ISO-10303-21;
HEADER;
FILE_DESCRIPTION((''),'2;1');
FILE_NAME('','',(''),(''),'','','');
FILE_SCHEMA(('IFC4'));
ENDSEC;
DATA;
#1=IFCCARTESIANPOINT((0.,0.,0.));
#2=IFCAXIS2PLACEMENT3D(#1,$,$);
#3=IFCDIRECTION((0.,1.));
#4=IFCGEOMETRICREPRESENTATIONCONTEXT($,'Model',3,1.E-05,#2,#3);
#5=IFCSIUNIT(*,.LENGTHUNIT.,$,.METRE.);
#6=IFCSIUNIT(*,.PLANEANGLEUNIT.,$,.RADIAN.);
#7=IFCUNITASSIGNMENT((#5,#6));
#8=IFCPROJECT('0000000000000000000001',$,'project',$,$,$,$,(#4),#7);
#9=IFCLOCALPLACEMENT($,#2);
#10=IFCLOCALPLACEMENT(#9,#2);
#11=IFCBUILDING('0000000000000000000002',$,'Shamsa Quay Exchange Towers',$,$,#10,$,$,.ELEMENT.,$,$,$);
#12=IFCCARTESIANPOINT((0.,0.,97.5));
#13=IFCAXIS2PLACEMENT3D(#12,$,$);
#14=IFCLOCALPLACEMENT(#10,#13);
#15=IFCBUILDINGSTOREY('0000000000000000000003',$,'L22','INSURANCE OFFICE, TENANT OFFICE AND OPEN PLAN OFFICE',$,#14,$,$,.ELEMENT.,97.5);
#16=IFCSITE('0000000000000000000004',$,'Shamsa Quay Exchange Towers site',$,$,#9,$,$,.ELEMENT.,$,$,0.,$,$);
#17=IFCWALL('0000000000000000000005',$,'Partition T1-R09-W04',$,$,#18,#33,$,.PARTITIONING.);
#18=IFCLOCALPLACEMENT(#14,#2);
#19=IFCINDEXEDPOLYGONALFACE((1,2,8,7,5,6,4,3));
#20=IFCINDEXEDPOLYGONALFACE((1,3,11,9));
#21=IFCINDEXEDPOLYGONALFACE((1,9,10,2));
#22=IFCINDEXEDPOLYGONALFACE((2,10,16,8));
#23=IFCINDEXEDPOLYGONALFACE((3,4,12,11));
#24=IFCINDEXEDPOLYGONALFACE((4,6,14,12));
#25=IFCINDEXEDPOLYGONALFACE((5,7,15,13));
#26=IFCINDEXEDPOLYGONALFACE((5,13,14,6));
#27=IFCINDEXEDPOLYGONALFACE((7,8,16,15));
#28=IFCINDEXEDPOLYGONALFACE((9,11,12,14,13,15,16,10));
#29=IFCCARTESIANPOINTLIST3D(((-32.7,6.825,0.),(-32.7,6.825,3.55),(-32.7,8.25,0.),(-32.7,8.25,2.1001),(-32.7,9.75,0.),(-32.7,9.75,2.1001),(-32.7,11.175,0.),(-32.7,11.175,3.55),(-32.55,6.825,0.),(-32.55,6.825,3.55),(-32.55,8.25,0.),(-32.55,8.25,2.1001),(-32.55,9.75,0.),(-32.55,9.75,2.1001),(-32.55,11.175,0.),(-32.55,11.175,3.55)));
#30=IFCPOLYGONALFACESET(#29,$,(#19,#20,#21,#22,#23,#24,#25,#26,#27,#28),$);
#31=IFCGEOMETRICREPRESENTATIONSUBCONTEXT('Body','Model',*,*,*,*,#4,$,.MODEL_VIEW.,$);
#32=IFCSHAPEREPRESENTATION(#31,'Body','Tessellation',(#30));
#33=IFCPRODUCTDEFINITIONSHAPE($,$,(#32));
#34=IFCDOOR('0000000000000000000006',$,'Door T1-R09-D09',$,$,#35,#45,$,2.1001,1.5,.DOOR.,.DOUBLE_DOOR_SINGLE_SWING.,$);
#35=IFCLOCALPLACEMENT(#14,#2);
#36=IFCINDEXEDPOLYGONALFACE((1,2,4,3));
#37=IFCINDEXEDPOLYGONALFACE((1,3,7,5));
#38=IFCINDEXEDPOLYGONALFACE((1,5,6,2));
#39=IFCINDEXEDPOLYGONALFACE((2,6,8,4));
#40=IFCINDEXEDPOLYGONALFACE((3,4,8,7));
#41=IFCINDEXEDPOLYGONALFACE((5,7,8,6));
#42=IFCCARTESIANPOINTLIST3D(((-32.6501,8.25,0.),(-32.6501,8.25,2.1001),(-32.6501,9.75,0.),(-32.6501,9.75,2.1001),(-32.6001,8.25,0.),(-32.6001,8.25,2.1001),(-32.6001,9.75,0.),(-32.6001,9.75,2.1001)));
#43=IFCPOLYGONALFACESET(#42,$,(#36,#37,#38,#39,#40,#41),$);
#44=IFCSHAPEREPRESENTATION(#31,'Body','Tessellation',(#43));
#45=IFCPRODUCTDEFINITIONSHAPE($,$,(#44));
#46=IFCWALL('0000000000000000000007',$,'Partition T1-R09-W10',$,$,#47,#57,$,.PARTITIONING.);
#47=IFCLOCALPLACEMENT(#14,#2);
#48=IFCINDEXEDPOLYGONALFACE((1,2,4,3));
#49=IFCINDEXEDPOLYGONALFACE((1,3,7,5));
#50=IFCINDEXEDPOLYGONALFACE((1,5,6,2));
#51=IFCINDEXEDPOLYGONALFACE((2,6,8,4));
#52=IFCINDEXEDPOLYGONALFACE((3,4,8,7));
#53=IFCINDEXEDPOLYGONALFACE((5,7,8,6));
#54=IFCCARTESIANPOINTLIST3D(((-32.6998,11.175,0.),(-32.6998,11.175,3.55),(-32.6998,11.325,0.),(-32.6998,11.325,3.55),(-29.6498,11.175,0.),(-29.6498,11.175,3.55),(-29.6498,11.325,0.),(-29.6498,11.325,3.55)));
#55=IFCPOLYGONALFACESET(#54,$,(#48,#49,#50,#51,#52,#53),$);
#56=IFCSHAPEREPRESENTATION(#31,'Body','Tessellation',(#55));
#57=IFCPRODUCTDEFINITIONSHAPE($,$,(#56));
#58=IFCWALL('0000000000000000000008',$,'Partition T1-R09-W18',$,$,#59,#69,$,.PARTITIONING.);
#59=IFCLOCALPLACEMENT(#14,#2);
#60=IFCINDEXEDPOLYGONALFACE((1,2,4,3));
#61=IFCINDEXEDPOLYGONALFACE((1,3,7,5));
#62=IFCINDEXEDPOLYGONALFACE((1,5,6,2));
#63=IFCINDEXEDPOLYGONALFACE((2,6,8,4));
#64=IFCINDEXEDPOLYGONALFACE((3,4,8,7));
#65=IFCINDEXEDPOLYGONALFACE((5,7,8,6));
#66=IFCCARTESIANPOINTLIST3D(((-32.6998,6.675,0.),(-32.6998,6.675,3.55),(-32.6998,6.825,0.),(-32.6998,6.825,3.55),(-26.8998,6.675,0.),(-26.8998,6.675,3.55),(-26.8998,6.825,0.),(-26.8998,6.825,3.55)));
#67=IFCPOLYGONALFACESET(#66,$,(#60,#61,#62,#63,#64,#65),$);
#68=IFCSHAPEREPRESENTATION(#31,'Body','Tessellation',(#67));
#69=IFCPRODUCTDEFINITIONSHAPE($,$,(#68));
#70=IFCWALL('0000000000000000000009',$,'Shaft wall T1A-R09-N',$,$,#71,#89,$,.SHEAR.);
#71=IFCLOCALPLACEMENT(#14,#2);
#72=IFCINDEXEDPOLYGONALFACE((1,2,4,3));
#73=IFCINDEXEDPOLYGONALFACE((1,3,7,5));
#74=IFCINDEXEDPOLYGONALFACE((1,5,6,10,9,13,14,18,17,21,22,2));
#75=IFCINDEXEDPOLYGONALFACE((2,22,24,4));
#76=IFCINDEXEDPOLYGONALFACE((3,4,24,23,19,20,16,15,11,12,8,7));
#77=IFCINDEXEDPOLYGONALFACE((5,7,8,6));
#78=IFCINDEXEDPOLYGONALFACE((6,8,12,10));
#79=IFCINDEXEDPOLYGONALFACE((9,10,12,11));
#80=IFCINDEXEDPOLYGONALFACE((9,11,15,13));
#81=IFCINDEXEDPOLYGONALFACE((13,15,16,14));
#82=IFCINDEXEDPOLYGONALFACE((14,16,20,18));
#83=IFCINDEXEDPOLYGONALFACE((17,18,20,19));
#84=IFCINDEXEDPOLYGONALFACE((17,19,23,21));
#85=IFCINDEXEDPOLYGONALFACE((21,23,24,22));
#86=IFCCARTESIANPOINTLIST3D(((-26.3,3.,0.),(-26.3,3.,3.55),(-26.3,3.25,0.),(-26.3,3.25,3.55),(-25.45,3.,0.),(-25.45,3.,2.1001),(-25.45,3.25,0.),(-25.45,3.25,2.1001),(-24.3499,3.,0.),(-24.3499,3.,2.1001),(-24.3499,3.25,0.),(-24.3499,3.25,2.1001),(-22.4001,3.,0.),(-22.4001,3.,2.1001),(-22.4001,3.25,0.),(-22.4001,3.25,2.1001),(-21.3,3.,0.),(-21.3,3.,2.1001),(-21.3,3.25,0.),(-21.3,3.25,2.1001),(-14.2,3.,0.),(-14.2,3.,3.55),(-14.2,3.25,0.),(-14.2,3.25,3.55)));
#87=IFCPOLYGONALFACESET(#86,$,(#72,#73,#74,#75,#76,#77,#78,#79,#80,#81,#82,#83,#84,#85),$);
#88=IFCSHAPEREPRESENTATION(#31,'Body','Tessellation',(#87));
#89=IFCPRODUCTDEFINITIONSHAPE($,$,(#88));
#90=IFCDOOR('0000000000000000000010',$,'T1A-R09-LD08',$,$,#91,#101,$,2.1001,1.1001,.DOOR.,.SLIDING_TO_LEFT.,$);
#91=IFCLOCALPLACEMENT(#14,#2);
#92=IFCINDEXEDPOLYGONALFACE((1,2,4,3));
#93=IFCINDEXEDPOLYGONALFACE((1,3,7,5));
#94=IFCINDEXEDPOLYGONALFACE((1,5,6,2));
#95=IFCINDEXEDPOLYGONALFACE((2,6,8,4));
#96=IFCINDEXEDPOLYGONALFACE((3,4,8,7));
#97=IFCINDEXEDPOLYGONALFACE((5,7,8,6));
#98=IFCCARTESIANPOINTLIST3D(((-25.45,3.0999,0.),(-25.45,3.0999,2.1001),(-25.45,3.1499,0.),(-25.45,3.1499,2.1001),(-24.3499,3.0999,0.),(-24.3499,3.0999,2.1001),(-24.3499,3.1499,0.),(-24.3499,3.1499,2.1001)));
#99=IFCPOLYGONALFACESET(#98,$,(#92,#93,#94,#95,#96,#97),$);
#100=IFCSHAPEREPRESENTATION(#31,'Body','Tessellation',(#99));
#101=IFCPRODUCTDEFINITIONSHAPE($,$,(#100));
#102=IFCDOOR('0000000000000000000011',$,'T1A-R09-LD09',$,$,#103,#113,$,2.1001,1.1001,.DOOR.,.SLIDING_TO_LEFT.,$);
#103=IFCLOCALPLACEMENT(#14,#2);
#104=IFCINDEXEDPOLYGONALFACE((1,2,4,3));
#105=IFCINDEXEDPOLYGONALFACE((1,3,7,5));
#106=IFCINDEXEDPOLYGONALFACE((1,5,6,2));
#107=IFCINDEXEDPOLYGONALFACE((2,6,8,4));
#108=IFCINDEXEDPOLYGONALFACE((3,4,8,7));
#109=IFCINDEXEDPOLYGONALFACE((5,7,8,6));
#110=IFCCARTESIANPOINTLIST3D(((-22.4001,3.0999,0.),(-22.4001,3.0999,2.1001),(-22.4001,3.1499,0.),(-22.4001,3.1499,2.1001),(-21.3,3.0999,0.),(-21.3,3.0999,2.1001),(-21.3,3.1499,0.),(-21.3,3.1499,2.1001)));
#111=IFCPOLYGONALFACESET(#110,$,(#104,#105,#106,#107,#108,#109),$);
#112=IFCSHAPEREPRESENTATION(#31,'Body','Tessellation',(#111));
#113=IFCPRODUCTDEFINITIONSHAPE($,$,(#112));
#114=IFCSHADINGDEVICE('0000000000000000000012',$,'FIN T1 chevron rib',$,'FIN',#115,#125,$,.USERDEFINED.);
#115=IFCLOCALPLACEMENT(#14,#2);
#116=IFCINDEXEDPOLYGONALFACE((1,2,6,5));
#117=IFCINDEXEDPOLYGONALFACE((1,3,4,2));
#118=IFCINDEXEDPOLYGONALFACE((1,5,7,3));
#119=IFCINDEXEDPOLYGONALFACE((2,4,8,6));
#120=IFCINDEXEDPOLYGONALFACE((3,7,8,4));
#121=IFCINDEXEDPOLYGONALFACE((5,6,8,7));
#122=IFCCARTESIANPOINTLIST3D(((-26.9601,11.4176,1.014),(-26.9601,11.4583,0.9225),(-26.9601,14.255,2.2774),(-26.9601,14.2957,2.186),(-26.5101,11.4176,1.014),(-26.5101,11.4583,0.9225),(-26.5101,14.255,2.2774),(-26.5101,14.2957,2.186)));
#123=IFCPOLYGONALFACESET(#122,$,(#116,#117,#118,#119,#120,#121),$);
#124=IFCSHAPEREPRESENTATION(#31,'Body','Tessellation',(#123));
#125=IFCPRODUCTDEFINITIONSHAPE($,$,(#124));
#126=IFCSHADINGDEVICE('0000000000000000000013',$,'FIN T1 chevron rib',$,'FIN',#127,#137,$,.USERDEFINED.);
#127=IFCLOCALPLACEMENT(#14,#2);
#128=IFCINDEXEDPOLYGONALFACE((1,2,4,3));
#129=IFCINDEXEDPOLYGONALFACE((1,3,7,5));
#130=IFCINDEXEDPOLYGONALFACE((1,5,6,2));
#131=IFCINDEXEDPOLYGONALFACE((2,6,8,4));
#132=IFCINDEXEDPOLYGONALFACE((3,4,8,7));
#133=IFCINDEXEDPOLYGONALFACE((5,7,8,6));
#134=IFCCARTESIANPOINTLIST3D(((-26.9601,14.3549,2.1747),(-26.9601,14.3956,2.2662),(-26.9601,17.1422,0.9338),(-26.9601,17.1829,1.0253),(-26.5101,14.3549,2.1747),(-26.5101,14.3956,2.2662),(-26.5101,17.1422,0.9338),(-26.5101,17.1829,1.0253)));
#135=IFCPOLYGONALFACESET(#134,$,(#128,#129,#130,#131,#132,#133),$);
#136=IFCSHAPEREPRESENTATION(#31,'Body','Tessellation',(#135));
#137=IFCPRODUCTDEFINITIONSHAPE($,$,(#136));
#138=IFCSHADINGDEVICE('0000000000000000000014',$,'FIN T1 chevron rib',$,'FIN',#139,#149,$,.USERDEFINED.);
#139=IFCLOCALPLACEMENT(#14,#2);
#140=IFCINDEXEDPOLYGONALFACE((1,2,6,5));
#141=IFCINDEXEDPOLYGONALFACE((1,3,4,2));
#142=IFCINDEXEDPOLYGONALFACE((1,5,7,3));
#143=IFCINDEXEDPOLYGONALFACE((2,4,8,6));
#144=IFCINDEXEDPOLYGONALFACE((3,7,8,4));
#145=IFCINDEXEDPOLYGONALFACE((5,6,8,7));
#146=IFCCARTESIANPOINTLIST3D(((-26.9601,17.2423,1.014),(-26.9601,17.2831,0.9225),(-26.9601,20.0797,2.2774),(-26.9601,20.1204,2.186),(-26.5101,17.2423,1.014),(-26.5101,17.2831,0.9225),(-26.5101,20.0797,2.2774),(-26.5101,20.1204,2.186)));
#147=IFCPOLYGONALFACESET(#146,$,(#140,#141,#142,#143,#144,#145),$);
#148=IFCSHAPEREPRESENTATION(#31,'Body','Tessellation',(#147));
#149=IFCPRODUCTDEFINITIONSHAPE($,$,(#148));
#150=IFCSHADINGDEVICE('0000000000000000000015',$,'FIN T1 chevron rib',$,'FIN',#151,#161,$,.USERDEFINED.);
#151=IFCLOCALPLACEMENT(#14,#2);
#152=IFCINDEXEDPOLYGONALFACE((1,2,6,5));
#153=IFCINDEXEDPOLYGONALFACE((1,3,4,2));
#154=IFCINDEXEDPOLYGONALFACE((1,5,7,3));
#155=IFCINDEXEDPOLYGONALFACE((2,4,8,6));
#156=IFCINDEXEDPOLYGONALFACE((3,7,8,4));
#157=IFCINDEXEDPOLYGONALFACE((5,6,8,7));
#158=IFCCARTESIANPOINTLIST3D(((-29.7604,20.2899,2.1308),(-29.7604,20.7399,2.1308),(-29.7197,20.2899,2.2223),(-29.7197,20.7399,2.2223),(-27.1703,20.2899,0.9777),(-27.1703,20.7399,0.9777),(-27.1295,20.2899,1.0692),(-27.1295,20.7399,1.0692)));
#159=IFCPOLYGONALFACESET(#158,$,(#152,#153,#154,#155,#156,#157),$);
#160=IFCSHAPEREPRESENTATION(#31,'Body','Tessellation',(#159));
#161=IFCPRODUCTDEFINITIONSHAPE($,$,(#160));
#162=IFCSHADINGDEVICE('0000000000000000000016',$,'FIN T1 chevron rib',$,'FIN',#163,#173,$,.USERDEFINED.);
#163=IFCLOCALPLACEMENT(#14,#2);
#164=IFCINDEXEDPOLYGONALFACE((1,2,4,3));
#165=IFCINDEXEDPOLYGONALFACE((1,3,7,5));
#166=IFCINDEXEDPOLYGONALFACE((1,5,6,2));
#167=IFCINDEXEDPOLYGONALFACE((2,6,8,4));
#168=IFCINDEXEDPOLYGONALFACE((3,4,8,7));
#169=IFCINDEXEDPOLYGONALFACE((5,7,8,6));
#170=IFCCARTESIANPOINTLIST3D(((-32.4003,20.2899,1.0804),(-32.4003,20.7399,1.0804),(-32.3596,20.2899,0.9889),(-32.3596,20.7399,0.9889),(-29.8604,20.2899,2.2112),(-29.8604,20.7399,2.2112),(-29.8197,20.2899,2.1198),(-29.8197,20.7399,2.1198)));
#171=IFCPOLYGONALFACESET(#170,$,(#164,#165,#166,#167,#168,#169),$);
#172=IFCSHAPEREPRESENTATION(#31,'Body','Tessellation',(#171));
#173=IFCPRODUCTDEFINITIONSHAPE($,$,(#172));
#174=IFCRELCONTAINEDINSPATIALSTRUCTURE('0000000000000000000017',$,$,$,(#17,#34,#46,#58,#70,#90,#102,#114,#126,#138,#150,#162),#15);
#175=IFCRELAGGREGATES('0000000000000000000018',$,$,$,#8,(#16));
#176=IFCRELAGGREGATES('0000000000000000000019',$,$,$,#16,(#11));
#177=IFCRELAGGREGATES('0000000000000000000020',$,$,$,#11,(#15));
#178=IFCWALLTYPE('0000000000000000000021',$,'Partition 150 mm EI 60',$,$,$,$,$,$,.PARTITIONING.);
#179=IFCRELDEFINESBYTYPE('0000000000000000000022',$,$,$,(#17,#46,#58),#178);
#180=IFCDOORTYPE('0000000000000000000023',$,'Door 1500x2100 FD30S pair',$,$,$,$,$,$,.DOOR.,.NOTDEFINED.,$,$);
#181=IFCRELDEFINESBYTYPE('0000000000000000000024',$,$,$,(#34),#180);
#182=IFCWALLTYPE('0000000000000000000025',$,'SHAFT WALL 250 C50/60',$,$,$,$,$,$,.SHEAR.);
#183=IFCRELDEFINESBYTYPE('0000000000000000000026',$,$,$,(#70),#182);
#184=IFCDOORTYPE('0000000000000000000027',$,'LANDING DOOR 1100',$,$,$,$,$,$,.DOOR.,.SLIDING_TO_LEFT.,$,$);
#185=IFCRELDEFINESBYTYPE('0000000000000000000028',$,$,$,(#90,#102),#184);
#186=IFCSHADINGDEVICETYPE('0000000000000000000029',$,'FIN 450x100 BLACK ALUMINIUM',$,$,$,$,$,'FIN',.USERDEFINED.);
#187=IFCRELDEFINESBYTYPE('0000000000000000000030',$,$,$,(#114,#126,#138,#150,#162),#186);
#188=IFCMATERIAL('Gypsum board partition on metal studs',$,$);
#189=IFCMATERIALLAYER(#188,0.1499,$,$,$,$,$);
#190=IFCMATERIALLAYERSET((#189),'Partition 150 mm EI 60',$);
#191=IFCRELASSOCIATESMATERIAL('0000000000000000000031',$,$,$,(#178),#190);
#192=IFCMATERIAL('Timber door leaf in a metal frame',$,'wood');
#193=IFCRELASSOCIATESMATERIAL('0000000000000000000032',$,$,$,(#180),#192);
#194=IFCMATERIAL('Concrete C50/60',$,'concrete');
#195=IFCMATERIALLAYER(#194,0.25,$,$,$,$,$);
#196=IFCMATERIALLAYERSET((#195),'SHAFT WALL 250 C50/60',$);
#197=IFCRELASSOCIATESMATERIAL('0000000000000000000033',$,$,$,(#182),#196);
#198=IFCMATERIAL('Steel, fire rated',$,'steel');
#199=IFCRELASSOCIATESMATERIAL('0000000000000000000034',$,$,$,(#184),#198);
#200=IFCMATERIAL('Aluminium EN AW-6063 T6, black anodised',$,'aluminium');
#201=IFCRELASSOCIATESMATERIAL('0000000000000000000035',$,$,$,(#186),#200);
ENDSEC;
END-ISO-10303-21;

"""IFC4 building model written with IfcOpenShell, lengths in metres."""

from ifc_helpers import new_model, si_unit, direction, frame, frame_2d, origin, origin_2d, place, context, subcontext, project, spatial, rectangle, extrude, material, layer, layer_set, material_profile, profile_set, type_object, element, fill, save


model = new_model("IFC4")

# Units and contexts
model_context = context("Model", 3, precision=1e-05, world=origin(), true_north=direction((0.0, 1.0)))
body_context = subcontext(model_context, "Body", "Model", "MODEL_VIEW")
ifc_project = project(units=[si_unit("LENGTHUNIT", "METRE"), si_unit("PLANEANGLEUNIT", "RADIAN")], contexts=[model_context])

# Site, building, storey
site_placement = place(None, origin())
site = spatial("IfcSite", under=ifc_project, at=site_placement, Name="Shamsa Quay Exchange Towers site", CompositionType="ELEMENT", RefElevation=0.0)
building_placement = place(site_placement, origin())
building = spatial("IfcBuilding", under=site, at=building_placement, Name="Shamsa Quay Exchange Towers", CompositionType="ELEMENT")
storey_placement = place(building_placement, frame((0.0, 0.0, 97.5)))
storey = spatial("IfcBuildingStorey", under=building, at=storey_placement, Name="L22", Description="INSURANCE OFFICE, TENANT OFFICE AND OPEN PLAN OFFICE", CompositionType="ELEMENT", Elevation=97.5)

# Shared definitions
ifc_material_1 = material(Name="Aluminium EN AW-6063 T6, black anodised", Category="aluminium")

# Shared definitions
ifc_material_2 = material(Name="Timber door leaf in a metal frame", Category="wood")

# Shared definitions
ifc_material_3 = material(Name="Steel, fire rated", Category="steel")

# Wall, opening, door
ifc_material_4 = material(Name="Gypsum board partition on metal studs")
ifc_layer_1 = layer(ifc_material_4, 0.1499)
ifc_layer_set_1 = layer_set([ifc_layer_1], Name="Partition 150 mm EI 60")
wall_type_1 = type_object("IfcWallType", Name="Partition 150 mm EI 60", PredefinedType="PARTITIONING", material=ifc_layer_set_1)
wall_1_placement = place(storey_placement, frame((-32.625, 11.175, 0.0), z_axis=(0.0, 0.0, 1.0), x_axis=(0.0, -1.0, 0.0)))
wall_1 = element("IfcWall", 1, at=wall_1_placement, inside=storey, type_object=wall_type_1, Name="Partition T1-R09-W04", PredefinedType="PARTITIONING", context=body_context, shape_type="SweptSolid", body=[
    extrude(rectangle(XDim=4.3501, YDim=0.1499, at=frame_2d((2.175, 0.0))), origin(), (0.0, 0.0, 1.0), 3.55),
])
opening_1_placement = place(wall_1_placement, frame((1.425, 0.0, 0.0)))
opening_1 = element("IfcOpeningElement", 2, at=opening_1_placement, cuts=wall_1, PredefinedType="OPENING", context=body_context, shape_type="SweptSolid", body=[
    extrude(rectangle(XDim=1.5, YDim=2.1001, at=frame_2d((0.75, 1.05))), frame((0.0, 0.085, 0.0), z_axis=(0.0, -1.0, 0.0), x_axis=(1.0, 0.0, 0.0)), (0.0, 0.0, 1.0), 0.1699),
])
door_type_1 = type_object("IfcDoorType", Name="Door 1500x2100 FD30S pair", OperationType="NOTDEFINED", PredefinedType="DOOR", material=ifc_material_2)
door_1_placement = place(opening_1_placement, origin())
door_1 = element("IfcDoor", 3, at=door_1_placement, inside=storey, type_object=door_type_1, Name="Door T1-R09-D09", OperationType="DOUBLE_DOOR_SINGLE_SWING", OverallHeight=2.1001, OverallWidth=1.5, PredefinedType="DOOR", context=body_context, shape_type="SweptSolid", body=[
    extrude(rectangle(XDim=1.5, YDim=2.1001, at=frame_2d((0.75, 1.05))), frame((0.0, 0.0249, 0.0), z_axis=(0.0, -1.0, 0.0), x_axis=(1.0, 0.0, 0.0)), (0.0, 0.0, 1.0), 0.05),
])
fill(opening_1, door_1)

# Walls
wall_2_placement = place(storey_placement, frame((-29.6499, 11.25, 0.0), z_axis=(0.0, 0.0, 1.0), x_axis=(-1.0, 0.0, 0.0)))
element("IfcWall", 4, at=wall_2_placement, inside=storey, type_object=wall_type_1, Name="Partition T1-R09-W10", PredefinedType="PARTITIONING", context=body_context, shape_type="SweptSolid", body=[
    extrude(rectangle(XDim=3.05, YDim=0.1499, at=frame_2d((1.5249, 0.0))), origin(), (0.0, 0.0, 1.0), 3.55),
])
wall_3_placement = place(storey_placement, frame((-26.8999, 6.75, 0.0), z_axis=(0.0, 0.0, 1.0), x_axis=(-1.0, 0.0, 0.0)))
element("IfcWall", 5, at=wall_3_placement, inside=storey, type_object=wall_type_1, Name="Partition T1-R09-W18", PredefinedType="PARTITIONING", context=body_context, shape_type="SweptSolid", body=[
    extrude(rectangle(XDim=5.8, YDim=0.1499, at=frame_2d((2.8999, 0.0))), origin(), (0.0, 0.0, 1.0), 3.55),
])

# Wall, openings, doors
ifc_material_5 = material(Name="Concrete C50/60", Category="concrete")
ifc_layer_2 = layer(ifc_material_5, 0.25)
ifc_layer_set_2 = layer_set([ifc_layer_2], Name="SHAFT WALL 250 C50/60")
wall_type_2 = type_object("IfcWallType", Name="SHAFT WALL 250 C50/60", PredefinedType="SHEAR", material=ifc_layer_set_2)
wall_4_placement = place(storey_placement, frame((-26.3, 3.125, 0.0)))
wall_4 = element("IfcWall", 6, at=wall_4_placement, inside=storey, type_object=wall_type_2, Name="Shaft wall T1A-R09-N", PredefinedType="SHEAR", context=body_context, shape_type="SweptSolid", body=[
    extrude(rectangle(XDim=12.1001, YDim=0.25, at=frame_2d((6.05, 0.0))), origin(), (0.0, 0.0, 1.0), 3.55),
])
opening_2_placement = place(wall_4_placement, frame((0.8501, 0.0, 0.0)))
opening_2 = element("IfcOpeningElement", 7, at=opening_2_placement, cuts=wall_4, PredefinedType="OPENING", context=body_context, shape_type="SweptSolid", body=[
    extrude(rectangle(XDim=1.1001, YDim=2.1001, at=frame_2d((0.55, 1.05))), frame((0.0, 0.135, 0.0), z_axis=(0.0, -1.0, 0.0), x_axis=(1.0, 0.0, 0.0)), (0.0, 0.0, 1.0), 0.27),
])
opening_3_placement = place(wall_4_placement, frame((3.8999, 0.0, 0.0)))
opening_3 = element("IfcOpeningElement", 8, at=opening_3_placement, cuts=wall_4, PredefinedType="OPENING", context=body_context, shape_type="SweptSolid", body=[
    extrude(rectangle(XDim=1.1001, YDim=2.1001, at=frame_2d((0.55, 1.05))), frame((0.0, 0.135, 0.0), z_axis=(0.0, -1.0, 0.0), x_axis=(1.0, 0.0, 0.0)), (0.0, 0.0, 1.0), 0.27),
])
door_type_2 = type_object("IfcDoorType", Name="LANDING DOOR 1100", OperationType="SLIDING_TO_LEFT", PredefinedType="DOOR", material=ifc_material_3)
door_2_placement = place(opening_2_placement, origin())
door_2 = element("IfcDoor", 9, at=door_2_placement, inside=storey, type_object=door_type_2, Name="T1A-R09-LD08", OperationType="SLIDING_TO_LEFT", OverallHeight=2.1001, OverallWidth=1.1001, PredefinedType="DOOR", context=body_context, shape_type="SweptSolid", body=[
    extrude(rectangle(XDim=1.1001, YDim=2.1001, at=frame_2d((0.55, 1.05))), frame((0.0, 0.0249, 0.0), z_axis=(0.0, -1.0, 0.0), x_axis=(1.0, 0.0, 0.0)), (0.0, 0.0, 1.0), 0.05),
])
fill(opening_2, door_2)
door_3_placement = place(opening_3_placement, origin())
door_3 = element("IfcDoor", 10, at=door_3_placement, inside=storey, type_object=door_type_2, Name="T1A-R09-LD09", OperationType="SLIDING_TO_LEFT", OverallHeight=2.1001, OverallWidth=1.1001, PredefinedType="DOOR", context=body_context, shape_type="SweptSolid", body=[
    extrude(rectangle(XDim=1.1001, YDim=2.1001, at=frame_2d((0.55, 1.05))), frame((0.0, 0.0249, 0.0), z_axis=(0.0, -1.0, 0.0), x_axis=(1.0, 0.0, 0.0)), (0.0, 0.0, 1.0), 0.05),
])
fill(opening_3, door_3)

# Shading devices
ifc_material_profile_1 = material_profile(ifc_material_1, rectangle(XDim=0.45, YDim=0.1001, at=origin_2d()), Name="FIN450x100")
ifc_profile_set_1 = profile_set([ifc_material_profile_1], Name="Aluminium EN AW-6063 T6, black anodised")
shading_device_type = type_object("IfcShadingDeviceType", Name="FIN 450x100 BLACK ALUMINIUM", ElementType="FIN", PredefinedType="USERDEFINED", material=ifc_profile_set_1)
shading_device_1_placement = place(storey_placement, frame((-26.7351, 11.438, 0.9683), z_axis=(0.0, 0.913529, 0.406773), x_axis=(-1.0, 0.0, 0.0)))
element("IfcShadingDevice", 11, at=shading_device_1_placement, inside=storey, type_object=shading_device_type, Name="FIN T1 chevron rib", ObjectType="FIN", PredefinedType="USERDEFINED", context=body_context, shape_type="SweptSolid", body=[
    extrude(rectangle(XDim=0.45, YDim=0.1001, at=origin_2d()), origin(), (0.0, 0.0, 1.0), 3.106),
])
shading_device_2_placement = place(storey_placement, frame((-26.7351, 14.3752, 2.2205), z_axis=(0.0, 0.913551, -0.406725), x_axis=(-1.0, 0.0, 0.0)))
element("IfcShadingDevice", 12, at=shading_device_2_placement, inside=storey, type_object=shading_device_type, Name="FIN T1 chevron rib", ObjectType="FIN", PredefinedType="USERDEFINED", context=body_context, shape_type="SweptSolid", body=[
    extrude(rectangle(XDim=0.45, YDim=0.1001, at=origin_2d()), origin(), (0.0, 0.0, 1.0), 3.051),
])
shading_device_3_placement = place(storey_placement, frame((-26.7351, 17.2627, 0.9683), z_axis=(0.0, 0.913529, 0.406773), x_axis=(-1.0, 0.0, 0.0)))
element("IfcShadingDevice", 13, at=shading_device_3_placement, inside=storey, type_object=shading_device_type, Name="FIN T1 chevron rib", ObjectType="FIN", PredefinedType="USERDEFINED", context=body_context, shape_type="SweptSolid", body=[
    extrude(rectangle(XDim=0.45, YDim=0.1001, at=origin_2d()), origin(), (0.0, 0.0, 1.0), 3.106),
])
shading_device_4_placement = place(storey_placement, frame((-27.1499, 20.5149, 1.0234), z_axis=(-0.913559, 0.0, 0.406706), x_axis=(0.0, -1.0, 0.0)))
element("IfcShadingDevice", 14, at=shading_device_4_placement, inside=storey, type_object=shading_device_type, Name="FIN T1 chevron rib", ObjectType="FIN", PredefinedType="USERDEFINED", context=body_context, shape_type="SweptSolid", body=[
    extrude(rectangle(XDim=0.45, YDim=0.1001, at=origin_2d()), origin(), (0.0, 0.0, 1.0), 2.8352),
])
shading_device_5_placement = place(storey_placement, frame((-29.8401, 20.5149, 2.1655), z_axis=(-0.913536, 0.0, -0.406758), x_axis=(0.0, -1.0, 0.0)))
element("IfcShadingDevice", 15, at=shading_device_5_placement, inside=storey, type_object=shading_device_type, Name="FIN T1 chevron rib", ObjectType="FIN", PredefinedType="USERDEFINED", context=body_context, shape_type="SweptSolid", body=[
    extrude(rectangle(XDim=0.45, YDim=0.1001, at=origin_2d()), origin(), (0.0, 0.0, 1.0), 2.7803),
])

save(model, "model.ifc")
